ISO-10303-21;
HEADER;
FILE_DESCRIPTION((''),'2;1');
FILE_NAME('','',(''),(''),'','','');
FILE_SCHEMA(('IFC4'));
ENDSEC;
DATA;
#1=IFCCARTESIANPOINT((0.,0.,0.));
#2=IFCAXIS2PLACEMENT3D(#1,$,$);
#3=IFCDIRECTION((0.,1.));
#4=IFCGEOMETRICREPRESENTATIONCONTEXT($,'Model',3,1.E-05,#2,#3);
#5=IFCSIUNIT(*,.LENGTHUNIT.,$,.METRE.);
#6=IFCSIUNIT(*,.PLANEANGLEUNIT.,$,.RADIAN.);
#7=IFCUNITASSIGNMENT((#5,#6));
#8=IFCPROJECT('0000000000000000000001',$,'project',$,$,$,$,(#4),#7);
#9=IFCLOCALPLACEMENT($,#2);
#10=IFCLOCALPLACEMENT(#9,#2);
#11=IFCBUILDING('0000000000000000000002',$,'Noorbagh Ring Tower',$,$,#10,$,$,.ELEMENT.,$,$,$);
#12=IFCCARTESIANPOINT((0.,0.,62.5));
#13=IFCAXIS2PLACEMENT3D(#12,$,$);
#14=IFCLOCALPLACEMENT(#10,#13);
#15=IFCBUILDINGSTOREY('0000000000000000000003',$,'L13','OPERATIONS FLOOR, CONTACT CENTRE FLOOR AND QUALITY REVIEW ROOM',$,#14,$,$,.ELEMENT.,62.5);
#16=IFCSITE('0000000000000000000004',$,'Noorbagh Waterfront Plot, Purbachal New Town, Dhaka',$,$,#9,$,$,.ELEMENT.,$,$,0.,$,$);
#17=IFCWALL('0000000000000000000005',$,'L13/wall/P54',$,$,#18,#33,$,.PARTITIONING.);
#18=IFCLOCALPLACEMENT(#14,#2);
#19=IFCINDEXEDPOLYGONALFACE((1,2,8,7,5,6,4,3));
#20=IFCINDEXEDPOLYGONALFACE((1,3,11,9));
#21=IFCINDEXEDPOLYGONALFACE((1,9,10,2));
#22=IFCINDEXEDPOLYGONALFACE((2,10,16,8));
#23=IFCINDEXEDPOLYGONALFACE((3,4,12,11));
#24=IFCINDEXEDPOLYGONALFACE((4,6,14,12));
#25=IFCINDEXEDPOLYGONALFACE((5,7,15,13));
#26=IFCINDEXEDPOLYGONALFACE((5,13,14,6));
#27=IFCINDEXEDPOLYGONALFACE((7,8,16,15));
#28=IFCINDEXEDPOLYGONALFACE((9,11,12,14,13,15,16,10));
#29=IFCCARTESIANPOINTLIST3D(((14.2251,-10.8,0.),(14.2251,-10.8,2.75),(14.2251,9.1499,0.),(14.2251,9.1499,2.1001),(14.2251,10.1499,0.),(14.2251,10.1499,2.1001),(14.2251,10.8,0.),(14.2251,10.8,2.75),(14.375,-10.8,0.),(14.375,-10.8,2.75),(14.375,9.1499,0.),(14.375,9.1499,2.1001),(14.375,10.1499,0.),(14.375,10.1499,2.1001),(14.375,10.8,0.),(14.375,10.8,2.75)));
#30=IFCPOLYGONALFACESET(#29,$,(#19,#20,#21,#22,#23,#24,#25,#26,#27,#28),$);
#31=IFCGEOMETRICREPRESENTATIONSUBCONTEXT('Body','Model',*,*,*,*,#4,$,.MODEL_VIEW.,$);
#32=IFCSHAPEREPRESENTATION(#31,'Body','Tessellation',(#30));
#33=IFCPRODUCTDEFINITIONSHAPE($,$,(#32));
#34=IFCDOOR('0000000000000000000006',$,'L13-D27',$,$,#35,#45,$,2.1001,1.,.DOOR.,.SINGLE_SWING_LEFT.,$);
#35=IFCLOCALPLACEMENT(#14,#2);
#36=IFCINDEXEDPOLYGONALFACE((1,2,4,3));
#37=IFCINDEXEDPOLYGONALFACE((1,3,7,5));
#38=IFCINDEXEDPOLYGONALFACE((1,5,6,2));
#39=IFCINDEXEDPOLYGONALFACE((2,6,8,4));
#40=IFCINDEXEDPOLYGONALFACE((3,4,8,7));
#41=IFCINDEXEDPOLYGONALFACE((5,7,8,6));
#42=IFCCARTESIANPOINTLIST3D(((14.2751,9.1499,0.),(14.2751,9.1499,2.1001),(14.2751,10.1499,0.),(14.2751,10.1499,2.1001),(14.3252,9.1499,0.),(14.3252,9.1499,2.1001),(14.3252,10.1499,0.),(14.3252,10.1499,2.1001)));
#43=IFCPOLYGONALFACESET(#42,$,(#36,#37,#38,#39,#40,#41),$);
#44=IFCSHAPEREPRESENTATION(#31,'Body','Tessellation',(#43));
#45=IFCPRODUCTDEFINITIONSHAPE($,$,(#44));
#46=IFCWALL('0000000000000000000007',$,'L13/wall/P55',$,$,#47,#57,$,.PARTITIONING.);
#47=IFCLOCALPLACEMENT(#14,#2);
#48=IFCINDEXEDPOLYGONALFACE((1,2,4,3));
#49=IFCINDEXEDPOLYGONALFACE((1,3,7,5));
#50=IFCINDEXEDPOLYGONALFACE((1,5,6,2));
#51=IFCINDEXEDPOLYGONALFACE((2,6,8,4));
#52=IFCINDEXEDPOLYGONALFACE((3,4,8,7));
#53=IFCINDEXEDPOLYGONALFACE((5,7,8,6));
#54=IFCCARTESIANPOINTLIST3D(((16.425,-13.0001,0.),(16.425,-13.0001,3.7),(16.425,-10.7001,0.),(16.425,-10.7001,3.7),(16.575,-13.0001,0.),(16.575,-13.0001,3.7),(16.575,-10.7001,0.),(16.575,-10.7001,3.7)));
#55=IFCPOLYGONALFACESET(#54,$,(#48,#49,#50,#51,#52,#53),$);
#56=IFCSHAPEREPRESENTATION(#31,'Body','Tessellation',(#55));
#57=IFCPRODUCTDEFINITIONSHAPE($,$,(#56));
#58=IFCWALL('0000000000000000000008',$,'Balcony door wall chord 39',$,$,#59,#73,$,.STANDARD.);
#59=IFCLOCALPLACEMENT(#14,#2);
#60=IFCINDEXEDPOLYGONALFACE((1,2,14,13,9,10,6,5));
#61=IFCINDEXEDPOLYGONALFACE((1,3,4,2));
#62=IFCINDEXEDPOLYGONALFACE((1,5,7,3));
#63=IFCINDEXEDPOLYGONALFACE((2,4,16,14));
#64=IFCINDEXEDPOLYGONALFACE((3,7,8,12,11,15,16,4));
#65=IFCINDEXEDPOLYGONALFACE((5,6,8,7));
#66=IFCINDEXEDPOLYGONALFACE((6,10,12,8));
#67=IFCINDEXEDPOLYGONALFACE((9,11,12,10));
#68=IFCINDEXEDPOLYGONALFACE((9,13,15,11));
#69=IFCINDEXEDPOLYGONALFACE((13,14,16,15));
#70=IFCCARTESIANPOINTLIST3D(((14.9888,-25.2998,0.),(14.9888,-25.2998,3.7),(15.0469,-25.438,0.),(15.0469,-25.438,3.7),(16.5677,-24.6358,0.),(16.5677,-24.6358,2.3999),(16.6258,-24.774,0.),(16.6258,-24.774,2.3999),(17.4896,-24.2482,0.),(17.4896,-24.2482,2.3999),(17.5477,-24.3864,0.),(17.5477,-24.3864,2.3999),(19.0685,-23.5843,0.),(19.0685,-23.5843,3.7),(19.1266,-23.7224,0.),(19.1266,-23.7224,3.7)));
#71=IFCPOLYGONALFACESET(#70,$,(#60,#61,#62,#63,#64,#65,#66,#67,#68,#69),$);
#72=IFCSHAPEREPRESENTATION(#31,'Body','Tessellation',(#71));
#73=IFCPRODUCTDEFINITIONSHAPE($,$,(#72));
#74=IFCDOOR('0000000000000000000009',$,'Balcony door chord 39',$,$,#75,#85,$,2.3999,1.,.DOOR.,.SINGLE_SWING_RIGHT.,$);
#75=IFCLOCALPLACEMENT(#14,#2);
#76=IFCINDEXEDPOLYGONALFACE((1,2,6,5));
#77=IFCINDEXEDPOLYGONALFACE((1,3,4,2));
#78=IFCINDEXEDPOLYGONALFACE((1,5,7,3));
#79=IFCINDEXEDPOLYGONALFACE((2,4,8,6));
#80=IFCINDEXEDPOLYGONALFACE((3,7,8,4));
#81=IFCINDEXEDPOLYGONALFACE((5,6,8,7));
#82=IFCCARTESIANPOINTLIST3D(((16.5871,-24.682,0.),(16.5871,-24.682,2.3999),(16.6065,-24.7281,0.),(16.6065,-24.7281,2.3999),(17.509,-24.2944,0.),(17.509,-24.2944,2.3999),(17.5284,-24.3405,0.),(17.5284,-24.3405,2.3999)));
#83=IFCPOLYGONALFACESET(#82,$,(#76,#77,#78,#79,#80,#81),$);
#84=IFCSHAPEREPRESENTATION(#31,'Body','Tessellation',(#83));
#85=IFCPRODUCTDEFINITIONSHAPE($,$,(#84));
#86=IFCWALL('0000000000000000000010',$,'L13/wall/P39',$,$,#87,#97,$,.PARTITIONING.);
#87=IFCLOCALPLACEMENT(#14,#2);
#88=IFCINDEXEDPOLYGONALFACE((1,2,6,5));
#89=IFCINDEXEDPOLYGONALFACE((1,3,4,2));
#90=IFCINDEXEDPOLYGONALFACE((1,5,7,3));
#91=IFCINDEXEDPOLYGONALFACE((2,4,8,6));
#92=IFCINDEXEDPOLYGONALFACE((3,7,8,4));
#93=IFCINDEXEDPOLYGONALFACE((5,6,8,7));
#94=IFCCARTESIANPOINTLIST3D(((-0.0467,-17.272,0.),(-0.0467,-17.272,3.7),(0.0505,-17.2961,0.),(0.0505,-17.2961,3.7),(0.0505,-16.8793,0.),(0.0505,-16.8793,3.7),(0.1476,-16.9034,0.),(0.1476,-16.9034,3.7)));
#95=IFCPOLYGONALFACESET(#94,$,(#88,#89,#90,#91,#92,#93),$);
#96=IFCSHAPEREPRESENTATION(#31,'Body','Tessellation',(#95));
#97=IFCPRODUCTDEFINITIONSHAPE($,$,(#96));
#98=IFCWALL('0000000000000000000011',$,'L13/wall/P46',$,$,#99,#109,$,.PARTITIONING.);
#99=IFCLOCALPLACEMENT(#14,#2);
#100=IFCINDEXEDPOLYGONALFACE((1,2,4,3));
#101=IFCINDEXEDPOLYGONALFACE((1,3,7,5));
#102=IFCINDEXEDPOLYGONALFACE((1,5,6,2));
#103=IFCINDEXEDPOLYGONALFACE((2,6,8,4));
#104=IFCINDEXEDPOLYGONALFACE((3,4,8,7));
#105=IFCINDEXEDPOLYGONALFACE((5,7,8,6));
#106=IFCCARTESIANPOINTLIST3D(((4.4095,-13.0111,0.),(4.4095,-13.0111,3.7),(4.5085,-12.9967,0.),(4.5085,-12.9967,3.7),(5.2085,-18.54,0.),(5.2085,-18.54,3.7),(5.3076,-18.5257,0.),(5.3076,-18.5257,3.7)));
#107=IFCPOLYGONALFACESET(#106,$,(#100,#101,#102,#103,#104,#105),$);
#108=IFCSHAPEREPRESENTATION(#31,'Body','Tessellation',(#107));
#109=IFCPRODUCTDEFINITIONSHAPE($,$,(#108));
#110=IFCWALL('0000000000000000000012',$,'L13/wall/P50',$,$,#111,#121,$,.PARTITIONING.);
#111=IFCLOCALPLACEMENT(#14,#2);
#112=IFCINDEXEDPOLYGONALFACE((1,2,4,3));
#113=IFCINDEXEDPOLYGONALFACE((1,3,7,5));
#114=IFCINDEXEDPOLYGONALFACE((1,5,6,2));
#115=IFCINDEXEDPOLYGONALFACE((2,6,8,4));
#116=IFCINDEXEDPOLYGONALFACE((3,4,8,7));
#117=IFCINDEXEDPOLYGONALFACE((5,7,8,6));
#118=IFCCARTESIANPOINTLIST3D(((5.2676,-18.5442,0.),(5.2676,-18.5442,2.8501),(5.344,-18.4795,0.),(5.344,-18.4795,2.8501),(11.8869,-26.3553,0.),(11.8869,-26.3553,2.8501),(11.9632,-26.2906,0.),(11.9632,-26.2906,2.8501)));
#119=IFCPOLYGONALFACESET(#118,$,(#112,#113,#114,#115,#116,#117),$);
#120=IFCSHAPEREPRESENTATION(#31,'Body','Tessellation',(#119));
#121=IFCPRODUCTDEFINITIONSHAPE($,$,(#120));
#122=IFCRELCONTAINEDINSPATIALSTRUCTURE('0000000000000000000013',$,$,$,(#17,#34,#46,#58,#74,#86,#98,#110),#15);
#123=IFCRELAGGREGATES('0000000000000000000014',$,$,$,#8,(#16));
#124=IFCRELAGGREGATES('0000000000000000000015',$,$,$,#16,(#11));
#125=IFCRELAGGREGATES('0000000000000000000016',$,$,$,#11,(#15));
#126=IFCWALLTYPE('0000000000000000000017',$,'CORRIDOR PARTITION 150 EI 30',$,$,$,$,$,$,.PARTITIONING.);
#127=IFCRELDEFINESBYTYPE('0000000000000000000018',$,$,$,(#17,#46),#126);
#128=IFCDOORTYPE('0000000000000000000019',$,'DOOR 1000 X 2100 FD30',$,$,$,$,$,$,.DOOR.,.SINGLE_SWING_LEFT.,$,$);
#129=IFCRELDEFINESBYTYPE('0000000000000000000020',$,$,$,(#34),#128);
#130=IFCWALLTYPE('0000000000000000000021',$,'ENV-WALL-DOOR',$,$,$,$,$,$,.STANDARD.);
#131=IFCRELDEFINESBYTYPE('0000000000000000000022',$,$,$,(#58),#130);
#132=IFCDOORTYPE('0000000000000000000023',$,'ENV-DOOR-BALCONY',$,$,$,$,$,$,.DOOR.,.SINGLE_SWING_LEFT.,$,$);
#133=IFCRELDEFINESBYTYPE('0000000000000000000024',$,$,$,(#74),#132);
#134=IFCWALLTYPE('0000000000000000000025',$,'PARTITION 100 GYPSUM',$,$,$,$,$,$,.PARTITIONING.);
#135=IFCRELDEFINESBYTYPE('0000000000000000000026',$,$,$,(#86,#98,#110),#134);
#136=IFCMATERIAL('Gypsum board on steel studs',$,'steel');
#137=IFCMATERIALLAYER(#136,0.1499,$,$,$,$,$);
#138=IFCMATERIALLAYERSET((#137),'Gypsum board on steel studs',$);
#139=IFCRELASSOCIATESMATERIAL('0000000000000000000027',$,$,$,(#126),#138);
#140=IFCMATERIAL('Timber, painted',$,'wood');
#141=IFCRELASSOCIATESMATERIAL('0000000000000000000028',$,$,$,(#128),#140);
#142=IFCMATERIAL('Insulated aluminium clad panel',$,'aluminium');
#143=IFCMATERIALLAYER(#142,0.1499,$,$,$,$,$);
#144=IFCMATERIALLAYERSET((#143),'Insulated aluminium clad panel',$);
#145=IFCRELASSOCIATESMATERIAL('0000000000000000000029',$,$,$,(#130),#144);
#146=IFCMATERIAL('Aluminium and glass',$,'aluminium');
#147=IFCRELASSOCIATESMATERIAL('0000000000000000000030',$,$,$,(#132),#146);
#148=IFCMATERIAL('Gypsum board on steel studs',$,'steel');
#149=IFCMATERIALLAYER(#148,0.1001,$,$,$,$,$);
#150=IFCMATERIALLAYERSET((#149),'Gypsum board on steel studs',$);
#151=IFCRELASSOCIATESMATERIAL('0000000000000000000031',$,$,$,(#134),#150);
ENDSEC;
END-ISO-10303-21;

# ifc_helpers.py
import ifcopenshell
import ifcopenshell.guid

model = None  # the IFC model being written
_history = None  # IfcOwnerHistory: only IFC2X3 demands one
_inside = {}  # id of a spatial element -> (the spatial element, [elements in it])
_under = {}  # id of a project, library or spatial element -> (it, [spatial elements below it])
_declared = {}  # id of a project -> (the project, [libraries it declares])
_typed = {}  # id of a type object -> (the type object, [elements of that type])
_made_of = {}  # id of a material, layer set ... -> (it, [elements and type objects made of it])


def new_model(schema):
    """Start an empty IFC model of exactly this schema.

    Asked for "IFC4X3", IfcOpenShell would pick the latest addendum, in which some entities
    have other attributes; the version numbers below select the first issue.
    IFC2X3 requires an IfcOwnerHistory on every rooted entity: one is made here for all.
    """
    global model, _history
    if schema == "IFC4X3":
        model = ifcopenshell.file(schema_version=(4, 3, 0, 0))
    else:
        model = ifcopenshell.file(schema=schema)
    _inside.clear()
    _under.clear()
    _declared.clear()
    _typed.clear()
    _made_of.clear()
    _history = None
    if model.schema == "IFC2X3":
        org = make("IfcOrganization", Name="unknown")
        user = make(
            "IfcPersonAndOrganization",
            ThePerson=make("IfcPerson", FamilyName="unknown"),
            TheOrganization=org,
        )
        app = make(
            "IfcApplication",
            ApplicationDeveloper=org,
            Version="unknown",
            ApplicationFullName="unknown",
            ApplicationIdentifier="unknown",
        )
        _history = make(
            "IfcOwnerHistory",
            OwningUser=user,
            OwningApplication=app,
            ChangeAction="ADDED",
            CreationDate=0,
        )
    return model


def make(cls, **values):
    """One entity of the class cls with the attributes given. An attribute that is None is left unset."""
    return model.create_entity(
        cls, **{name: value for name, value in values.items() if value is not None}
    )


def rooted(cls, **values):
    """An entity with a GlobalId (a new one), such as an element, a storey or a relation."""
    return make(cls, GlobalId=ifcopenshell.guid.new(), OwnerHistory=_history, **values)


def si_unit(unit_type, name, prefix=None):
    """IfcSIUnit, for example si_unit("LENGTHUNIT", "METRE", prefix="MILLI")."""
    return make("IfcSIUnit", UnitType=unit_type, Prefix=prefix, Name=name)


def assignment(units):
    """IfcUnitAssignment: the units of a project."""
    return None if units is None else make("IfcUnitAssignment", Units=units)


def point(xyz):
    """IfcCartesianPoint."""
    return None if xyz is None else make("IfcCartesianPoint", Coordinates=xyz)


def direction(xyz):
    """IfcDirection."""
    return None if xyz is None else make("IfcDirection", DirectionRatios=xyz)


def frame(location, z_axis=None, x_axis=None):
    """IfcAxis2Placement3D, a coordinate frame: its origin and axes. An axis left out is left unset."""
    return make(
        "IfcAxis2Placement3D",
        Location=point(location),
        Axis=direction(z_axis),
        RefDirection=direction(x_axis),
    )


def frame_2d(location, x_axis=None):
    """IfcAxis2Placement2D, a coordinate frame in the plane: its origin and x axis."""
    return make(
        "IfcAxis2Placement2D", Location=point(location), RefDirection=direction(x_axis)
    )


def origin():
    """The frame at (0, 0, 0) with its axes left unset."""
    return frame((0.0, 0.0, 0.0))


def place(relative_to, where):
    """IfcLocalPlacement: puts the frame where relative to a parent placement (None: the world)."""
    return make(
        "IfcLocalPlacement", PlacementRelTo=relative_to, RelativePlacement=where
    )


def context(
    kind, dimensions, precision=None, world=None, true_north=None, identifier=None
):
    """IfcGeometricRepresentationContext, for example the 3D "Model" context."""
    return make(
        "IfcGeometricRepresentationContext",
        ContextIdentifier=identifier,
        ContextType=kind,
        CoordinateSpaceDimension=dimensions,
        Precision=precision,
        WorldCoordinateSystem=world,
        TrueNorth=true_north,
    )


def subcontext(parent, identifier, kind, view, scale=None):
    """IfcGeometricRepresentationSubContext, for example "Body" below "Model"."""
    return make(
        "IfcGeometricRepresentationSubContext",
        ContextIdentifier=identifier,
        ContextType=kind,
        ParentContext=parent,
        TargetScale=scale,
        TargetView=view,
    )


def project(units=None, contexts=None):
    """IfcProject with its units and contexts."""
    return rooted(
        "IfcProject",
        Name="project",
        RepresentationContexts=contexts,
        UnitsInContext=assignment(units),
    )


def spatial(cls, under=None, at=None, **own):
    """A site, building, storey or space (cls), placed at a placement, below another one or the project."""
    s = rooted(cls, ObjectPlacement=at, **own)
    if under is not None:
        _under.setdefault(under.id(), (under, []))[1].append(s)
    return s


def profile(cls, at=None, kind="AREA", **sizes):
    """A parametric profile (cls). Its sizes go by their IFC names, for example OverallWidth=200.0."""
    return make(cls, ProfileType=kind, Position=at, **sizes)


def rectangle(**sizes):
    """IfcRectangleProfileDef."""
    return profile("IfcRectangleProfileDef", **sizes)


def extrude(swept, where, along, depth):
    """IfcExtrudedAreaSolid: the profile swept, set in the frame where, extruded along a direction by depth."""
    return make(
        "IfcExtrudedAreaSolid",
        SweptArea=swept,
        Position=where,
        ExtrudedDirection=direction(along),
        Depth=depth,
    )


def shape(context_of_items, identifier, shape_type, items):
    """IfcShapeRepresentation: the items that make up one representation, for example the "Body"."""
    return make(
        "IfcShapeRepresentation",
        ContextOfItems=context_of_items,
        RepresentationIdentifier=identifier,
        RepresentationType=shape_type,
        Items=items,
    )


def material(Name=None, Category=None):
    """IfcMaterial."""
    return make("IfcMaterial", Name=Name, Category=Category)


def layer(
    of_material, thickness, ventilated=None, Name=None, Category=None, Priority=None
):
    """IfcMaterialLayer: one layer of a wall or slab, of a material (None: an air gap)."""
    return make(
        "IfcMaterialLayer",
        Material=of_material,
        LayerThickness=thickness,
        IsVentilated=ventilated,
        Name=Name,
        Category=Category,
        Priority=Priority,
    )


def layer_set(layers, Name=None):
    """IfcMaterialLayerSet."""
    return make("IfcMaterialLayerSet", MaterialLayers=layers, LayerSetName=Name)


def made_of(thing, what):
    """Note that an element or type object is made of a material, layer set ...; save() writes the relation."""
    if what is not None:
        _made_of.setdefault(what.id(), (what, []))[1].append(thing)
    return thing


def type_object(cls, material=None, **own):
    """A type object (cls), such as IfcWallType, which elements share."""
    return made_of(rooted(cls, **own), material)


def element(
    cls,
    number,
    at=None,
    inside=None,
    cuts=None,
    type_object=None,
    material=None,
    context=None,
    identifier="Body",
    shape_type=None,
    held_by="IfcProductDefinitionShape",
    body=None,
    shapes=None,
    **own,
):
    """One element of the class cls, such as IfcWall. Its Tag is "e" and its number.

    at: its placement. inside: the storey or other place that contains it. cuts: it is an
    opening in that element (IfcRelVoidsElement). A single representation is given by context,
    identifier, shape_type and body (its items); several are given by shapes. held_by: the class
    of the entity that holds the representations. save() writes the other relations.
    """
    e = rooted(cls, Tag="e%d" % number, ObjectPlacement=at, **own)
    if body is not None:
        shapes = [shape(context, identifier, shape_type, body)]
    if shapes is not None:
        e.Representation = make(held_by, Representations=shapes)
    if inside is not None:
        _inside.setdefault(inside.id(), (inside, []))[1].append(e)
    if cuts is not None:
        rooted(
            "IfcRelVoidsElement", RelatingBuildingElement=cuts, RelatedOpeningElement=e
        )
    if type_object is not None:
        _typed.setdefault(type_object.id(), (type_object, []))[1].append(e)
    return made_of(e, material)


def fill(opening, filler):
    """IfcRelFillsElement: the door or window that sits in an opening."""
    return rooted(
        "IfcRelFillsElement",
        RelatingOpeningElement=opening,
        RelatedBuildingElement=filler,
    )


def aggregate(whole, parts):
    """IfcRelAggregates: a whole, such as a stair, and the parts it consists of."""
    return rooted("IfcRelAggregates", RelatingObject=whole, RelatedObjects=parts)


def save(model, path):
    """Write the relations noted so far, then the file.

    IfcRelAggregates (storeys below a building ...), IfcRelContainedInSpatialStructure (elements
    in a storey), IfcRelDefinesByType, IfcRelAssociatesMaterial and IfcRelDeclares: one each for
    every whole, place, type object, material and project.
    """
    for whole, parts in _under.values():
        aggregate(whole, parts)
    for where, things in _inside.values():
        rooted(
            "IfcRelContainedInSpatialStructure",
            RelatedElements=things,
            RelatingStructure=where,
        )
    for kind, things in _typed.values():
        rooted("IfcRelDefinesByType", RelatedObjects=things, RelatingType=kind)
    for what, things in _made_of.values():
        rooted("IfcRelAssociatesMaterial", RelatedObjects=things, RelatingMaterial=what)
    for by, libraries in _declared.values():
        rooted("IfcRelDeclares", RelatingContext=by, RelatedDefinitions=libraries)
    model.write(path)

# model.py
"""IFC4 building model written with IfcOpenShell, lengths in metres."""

from ifc_helpers import new_model, si_unit, direction, frame, frame_2d, origin, place, context, subcontext, project, spatial, rectangle, extrude, material, layer, layer_set, type_object, element, fill, save


model = new_model("IFC4")

# Units and contexts
model_context = context("Model", 3, precision=1e-05, world=origin(), true_north=direction((0.0, 1.0)))
body_context = subcontext(model_context, "Body", "Model", "MODEL_VIEW")
ifc_project = project(units=[si_unit("LENGTHUNIT", "METRE"), si_unit("PLANEANGLEUNIT", "RADIAN")], contexts=[model_context])

# Site, building, storey
site_placement = place(None, origin())
site = spatial("IfcSite", under=ifc_project, at=site_placement, Name="Noorbagh Waterfront Plot, Purbachal New Town, Dhaka", CompositionType="ELEMENT", RefElevation=0.0)
building_placement = place(site_placement, origin())
building = spatial("IfcBuilding", under=site, at=building_placement, Name="Noorbagh Ring Tower", CompositionType="ELEMENT")
storey_placement = place(building_placement, frame((0.0, 0.0, 62.5)))
storey = spatial("IfcBuildingStorey", under=building, at=storey_placement, Name="L13", Description="OPERATIONS FLOOR, CONTACT CENTRE FLOOR AND QUALITY REVIEW ROOM", CompositionType="ELEMENT", Elevation=62.5)

# Wall, opening, door
ifc_material_1 = material(Name="Gypsum board on steel studs", Category="steel")
ifc_layer_1 = layer(ifc_material_1, 0.1499)
ifc_layer_set_1 = layer_set([ifc_layer_1], Name="Gypsum board on steel studs")
wall_type_1 = type_object("IfcWallType", Name="CORRIDOR PARTITION 150 EI 30", PredefinedType="PARTITIONING", material=ifc_layer_set_1)
ifc_material_2 = material(Name="Timber, painted", Category="wood")
door_type_1 = type_object("IfcDoorType", Name="DOOR 1000 X 2100 FD30", OperationType="SINGLE_SWING_LEFT", PredefinedType="DOOR", material=ifc_material_2)
wall_1_placement = place(storey_placement, frame((14.3, -10.8, 0.0), z_axis=(0.0, 0.0, 1.0), x_axis=(0.0, 1.0, 0.0)))
wall_1 = element("IfcWall", 1, at=wall_1_placement, inside=storey, type_object=wall_type_1, Name="L13/wall/P54", PredefinedType="PARTITIONING", context=body_context, shape_type="SweptSolid", body=[
    extrude(rectangle(XDim=21.6001, YDim=0.1499, at=frame_2d((10.8, 0.0))), origin(), (0.0, 0.0, 1.0), 2.75),
])
opening_1_placement = place(wall_1_placement, frame((19.95, 0.0, 0.0)))
opening_1 = element("IfcOpeningElement", 2, at=opening_1_placement, cuts=wall_1, PredefinedType="OPENING", context=body_context, shape_type="SweptSolid", body=[
    extrude(rectangle(XDim=1.0, YDim=2.1001, at=frame_2d((0.5, 1.05))), frame((0.0, 0.085, 0.0), z_axis=(0.0, -1.0, 0.0), x_axis=(1.0, 0.0, 0.0)), (0.0, 0.0, 1.0), 0.1699),
])
door_1_placement = place(opening_1_placement, origin())
door_1 = element("IfcDoor", 3, at=door_1_placement, inside=storey, type_object=door_type_1, Name="L13-D27", OperationType="SINGLE_SWING_LEFT", OverallHeight=2.1001, OverallWidth=1.0, PredefinedType="DOOR", context=body_context, shape_type="SweptSolid", body=[
    extrude(rectangle(XDim=1.0, YDim=2.1001, at=frame_2d((0.5, 1.05))), frame((0.0, 0.0249, 0.0), z_axis=(0.0, -1.0, 0.0), x_axis=(1.0, 0.0, 0.0)), (0.0, 0.0, 1.0), 0.05),
])
fill(opening_1, door_1)

# Wall
wall_2_placement = place(storey_placement, frame((16.5, -13.0, 0.0), z_axis=(0.0, 0.0, 1.0), x_axis=(0.0, 1.0, 0.0)))
element("IfcWall", 4, at=wall_2_placement, inside=storey, type_object=wall_type_1, Name="L13/wall/P55", PredefinedType="PARTITIONING", context=body_context, shape_type="SweptSolid", body=[
    extrude(rectangle(XDim=2.3, YDim=0.1499, at=frame_2d((1.1499, 0.0))), origin(), (0.0, 0.0, 1.0), 3.7),
])

# Wall, opening, door
ifc_material_3 = material(Name="Insulated aluminium clad panel", Category="aluminium")
ifc_layer_2 = layer(ifc_material_3, 0.1499)
ifc_layer_set_2 = layer_set([ifc_layer_2], Name="Insulated aluminium clad panel")
wall_type_2 = type_object("IfcWallType", Name="ENV-WALL-DOOR", PredefinedType="STANDARD", material=ifc_layer_set_2)
wall_3_placement = place(storey_placement, frame((15.0178, -25.3689, 0.0), z_axis=(0.0, 0.0, 1.0), x_axis=(0.921817, 0.387625, 0.0)))
wall_3 = element("IfcWall", 5, at=wall_3_placement, inside=storey, type_object=wall_type_2, Name="Balcony door wall chord 39", PredefinedType="STANDARD", context=body_context, shape_type="SweptSolid", body=[
    extrude(rectangle(XDim=4.4258, YDim=0.1499, at=frame_2d((2.2129, 0.0))), origin(), (0.0, 0.0, 1.0), 3.7),
])
opening_2_placement = place(wall_3_placement, frame((1.7129, 0.0, 0.0)))
opening_2 = element("IfcOpeningElement", 6, at=opening_2_placement, cuts=wall_3, PredefinedType="OPENING", context=body_context, shape_type="SweptSolid", body=[
    extrude(rectangle(XDim=1.0, YDim=2.3999, at=frame_2d((0.5, 1.2))), frame((0.0, 0.085, 0.0), z_axis=(0.0, -1.0, 0.0), x_axis=(1.0, 0.0, 0.0)), (0.0, 0.0, 1.0), 0.1699),
])
ifc_material_4 = material(Name="Aluminium and glass", Category="aluminium")
door_type_2 = type_object("IfcDoorType", Name="ENV-DOOR-BALCONY", OperationType="SINGLE_SWING_LEFT", PredefinedType="DOOR", material=ifc_material_4)
door_2_placement = place(opening_2_placement, origin())
door_2 = element("IfcDoor", 7, at=door_2_placement, inside=storey, type_object=door_type_2, Name="Balcony door chord 39", OperationType="SINGLE_SWING_RIGHT", OverallHeight=2.3999, OverallWidth=1.0, PredefinedType="DOOR", context=body_context, shape_type="SweptSolid", body=[
    extrude(rectangle(XDim=1.0, YDim=2.3999, at=frame_2d((0.5, 1.2))), frame((0.0, 0.0249, 0.0), z_axis=(0.0, -1.0, 0.0), x_axis=(1.0, 0.0, 0.0)), (0.0, 0.0, 1.0), 0.05),
])
fill(opening_2, door_2)

# Walls
ifc_material_5 = material(Name="Gypsum board on steel studs", Category="steel")
ifc_layer_3 = layer(ifc_material_5, 0.1001)
ifc_layer_set_3 = layer_set([ifc_layer_3], Name="Gypsum board on steel studs")
wall_type_3 = type_object("IfcWallType", Name="PARTITION 100 GYPSUM", PredefinedType="PARTITIONING", material=ifc_layer_set_3)
wall_4_placement = place(storey_placement, frame((0.002, -17.2839, 0.0), z_axis=(0.0, 0.0, 1.0), x_axis=(0.240122, 0.970743, 0.0)))
element("IfcWall", 8, at=wall_4_placement, inside=storey, type_object=wall_type_3, Name="L13/wall/P39", PredefinedType="PARTITIONING", context=body_context, shape_type="SweptSolid", body=[
    extrude(rectangle(XDim=0.4045, YDim=0.1001, at=frame_2d((0.2021, 0.0))), origin(), (0.0, 0.0, 1.0), 3.7),
])
wall_5_placement = place(storey_placement, frame((4.459, -13.0039, 0.0), z_axis=(0.0, 0.0, 1.0), x_axis=(0.143036, -0.989717, 0.0)))
element("IfcWall", 9, at=wall_5_placement, inside=storey, type_object=wall_type_3, Name="L13/wall/P46", PredefinedType="PARTITIONING", context=body_context, shape_type="SweptSolid", body=[
    extrude(rectangle(XDim=5.5864, YDim=0.1001, at=frame_2d((2.7932, 0.0))), origin(), (0.0, 0.0, 1.0), 3.7),
])
wall_6_placement = place(storey_placement, frame((5.3059, -18.512, 0.0), z_axis=(0.0, 0.0, 1.0), x_axis=(0.6465, -0.762914, 0.0)))
element("IfcWall", 10, at=wall_6_placement, inside=storey, type_object=wall_type_3, Name="L13/wall/P50", PredefinedType="PARTITIONING", context=body_context, shape_type="SweptSolid", body=[
    extrude(rectangle(XDim=10.2385, YDim=0.1001, at=frame_2d((5.1191, 0.0))), origin(), (0.0, 0.0, 1.0), 2.8501),
])

save(model, "model.ifc")
